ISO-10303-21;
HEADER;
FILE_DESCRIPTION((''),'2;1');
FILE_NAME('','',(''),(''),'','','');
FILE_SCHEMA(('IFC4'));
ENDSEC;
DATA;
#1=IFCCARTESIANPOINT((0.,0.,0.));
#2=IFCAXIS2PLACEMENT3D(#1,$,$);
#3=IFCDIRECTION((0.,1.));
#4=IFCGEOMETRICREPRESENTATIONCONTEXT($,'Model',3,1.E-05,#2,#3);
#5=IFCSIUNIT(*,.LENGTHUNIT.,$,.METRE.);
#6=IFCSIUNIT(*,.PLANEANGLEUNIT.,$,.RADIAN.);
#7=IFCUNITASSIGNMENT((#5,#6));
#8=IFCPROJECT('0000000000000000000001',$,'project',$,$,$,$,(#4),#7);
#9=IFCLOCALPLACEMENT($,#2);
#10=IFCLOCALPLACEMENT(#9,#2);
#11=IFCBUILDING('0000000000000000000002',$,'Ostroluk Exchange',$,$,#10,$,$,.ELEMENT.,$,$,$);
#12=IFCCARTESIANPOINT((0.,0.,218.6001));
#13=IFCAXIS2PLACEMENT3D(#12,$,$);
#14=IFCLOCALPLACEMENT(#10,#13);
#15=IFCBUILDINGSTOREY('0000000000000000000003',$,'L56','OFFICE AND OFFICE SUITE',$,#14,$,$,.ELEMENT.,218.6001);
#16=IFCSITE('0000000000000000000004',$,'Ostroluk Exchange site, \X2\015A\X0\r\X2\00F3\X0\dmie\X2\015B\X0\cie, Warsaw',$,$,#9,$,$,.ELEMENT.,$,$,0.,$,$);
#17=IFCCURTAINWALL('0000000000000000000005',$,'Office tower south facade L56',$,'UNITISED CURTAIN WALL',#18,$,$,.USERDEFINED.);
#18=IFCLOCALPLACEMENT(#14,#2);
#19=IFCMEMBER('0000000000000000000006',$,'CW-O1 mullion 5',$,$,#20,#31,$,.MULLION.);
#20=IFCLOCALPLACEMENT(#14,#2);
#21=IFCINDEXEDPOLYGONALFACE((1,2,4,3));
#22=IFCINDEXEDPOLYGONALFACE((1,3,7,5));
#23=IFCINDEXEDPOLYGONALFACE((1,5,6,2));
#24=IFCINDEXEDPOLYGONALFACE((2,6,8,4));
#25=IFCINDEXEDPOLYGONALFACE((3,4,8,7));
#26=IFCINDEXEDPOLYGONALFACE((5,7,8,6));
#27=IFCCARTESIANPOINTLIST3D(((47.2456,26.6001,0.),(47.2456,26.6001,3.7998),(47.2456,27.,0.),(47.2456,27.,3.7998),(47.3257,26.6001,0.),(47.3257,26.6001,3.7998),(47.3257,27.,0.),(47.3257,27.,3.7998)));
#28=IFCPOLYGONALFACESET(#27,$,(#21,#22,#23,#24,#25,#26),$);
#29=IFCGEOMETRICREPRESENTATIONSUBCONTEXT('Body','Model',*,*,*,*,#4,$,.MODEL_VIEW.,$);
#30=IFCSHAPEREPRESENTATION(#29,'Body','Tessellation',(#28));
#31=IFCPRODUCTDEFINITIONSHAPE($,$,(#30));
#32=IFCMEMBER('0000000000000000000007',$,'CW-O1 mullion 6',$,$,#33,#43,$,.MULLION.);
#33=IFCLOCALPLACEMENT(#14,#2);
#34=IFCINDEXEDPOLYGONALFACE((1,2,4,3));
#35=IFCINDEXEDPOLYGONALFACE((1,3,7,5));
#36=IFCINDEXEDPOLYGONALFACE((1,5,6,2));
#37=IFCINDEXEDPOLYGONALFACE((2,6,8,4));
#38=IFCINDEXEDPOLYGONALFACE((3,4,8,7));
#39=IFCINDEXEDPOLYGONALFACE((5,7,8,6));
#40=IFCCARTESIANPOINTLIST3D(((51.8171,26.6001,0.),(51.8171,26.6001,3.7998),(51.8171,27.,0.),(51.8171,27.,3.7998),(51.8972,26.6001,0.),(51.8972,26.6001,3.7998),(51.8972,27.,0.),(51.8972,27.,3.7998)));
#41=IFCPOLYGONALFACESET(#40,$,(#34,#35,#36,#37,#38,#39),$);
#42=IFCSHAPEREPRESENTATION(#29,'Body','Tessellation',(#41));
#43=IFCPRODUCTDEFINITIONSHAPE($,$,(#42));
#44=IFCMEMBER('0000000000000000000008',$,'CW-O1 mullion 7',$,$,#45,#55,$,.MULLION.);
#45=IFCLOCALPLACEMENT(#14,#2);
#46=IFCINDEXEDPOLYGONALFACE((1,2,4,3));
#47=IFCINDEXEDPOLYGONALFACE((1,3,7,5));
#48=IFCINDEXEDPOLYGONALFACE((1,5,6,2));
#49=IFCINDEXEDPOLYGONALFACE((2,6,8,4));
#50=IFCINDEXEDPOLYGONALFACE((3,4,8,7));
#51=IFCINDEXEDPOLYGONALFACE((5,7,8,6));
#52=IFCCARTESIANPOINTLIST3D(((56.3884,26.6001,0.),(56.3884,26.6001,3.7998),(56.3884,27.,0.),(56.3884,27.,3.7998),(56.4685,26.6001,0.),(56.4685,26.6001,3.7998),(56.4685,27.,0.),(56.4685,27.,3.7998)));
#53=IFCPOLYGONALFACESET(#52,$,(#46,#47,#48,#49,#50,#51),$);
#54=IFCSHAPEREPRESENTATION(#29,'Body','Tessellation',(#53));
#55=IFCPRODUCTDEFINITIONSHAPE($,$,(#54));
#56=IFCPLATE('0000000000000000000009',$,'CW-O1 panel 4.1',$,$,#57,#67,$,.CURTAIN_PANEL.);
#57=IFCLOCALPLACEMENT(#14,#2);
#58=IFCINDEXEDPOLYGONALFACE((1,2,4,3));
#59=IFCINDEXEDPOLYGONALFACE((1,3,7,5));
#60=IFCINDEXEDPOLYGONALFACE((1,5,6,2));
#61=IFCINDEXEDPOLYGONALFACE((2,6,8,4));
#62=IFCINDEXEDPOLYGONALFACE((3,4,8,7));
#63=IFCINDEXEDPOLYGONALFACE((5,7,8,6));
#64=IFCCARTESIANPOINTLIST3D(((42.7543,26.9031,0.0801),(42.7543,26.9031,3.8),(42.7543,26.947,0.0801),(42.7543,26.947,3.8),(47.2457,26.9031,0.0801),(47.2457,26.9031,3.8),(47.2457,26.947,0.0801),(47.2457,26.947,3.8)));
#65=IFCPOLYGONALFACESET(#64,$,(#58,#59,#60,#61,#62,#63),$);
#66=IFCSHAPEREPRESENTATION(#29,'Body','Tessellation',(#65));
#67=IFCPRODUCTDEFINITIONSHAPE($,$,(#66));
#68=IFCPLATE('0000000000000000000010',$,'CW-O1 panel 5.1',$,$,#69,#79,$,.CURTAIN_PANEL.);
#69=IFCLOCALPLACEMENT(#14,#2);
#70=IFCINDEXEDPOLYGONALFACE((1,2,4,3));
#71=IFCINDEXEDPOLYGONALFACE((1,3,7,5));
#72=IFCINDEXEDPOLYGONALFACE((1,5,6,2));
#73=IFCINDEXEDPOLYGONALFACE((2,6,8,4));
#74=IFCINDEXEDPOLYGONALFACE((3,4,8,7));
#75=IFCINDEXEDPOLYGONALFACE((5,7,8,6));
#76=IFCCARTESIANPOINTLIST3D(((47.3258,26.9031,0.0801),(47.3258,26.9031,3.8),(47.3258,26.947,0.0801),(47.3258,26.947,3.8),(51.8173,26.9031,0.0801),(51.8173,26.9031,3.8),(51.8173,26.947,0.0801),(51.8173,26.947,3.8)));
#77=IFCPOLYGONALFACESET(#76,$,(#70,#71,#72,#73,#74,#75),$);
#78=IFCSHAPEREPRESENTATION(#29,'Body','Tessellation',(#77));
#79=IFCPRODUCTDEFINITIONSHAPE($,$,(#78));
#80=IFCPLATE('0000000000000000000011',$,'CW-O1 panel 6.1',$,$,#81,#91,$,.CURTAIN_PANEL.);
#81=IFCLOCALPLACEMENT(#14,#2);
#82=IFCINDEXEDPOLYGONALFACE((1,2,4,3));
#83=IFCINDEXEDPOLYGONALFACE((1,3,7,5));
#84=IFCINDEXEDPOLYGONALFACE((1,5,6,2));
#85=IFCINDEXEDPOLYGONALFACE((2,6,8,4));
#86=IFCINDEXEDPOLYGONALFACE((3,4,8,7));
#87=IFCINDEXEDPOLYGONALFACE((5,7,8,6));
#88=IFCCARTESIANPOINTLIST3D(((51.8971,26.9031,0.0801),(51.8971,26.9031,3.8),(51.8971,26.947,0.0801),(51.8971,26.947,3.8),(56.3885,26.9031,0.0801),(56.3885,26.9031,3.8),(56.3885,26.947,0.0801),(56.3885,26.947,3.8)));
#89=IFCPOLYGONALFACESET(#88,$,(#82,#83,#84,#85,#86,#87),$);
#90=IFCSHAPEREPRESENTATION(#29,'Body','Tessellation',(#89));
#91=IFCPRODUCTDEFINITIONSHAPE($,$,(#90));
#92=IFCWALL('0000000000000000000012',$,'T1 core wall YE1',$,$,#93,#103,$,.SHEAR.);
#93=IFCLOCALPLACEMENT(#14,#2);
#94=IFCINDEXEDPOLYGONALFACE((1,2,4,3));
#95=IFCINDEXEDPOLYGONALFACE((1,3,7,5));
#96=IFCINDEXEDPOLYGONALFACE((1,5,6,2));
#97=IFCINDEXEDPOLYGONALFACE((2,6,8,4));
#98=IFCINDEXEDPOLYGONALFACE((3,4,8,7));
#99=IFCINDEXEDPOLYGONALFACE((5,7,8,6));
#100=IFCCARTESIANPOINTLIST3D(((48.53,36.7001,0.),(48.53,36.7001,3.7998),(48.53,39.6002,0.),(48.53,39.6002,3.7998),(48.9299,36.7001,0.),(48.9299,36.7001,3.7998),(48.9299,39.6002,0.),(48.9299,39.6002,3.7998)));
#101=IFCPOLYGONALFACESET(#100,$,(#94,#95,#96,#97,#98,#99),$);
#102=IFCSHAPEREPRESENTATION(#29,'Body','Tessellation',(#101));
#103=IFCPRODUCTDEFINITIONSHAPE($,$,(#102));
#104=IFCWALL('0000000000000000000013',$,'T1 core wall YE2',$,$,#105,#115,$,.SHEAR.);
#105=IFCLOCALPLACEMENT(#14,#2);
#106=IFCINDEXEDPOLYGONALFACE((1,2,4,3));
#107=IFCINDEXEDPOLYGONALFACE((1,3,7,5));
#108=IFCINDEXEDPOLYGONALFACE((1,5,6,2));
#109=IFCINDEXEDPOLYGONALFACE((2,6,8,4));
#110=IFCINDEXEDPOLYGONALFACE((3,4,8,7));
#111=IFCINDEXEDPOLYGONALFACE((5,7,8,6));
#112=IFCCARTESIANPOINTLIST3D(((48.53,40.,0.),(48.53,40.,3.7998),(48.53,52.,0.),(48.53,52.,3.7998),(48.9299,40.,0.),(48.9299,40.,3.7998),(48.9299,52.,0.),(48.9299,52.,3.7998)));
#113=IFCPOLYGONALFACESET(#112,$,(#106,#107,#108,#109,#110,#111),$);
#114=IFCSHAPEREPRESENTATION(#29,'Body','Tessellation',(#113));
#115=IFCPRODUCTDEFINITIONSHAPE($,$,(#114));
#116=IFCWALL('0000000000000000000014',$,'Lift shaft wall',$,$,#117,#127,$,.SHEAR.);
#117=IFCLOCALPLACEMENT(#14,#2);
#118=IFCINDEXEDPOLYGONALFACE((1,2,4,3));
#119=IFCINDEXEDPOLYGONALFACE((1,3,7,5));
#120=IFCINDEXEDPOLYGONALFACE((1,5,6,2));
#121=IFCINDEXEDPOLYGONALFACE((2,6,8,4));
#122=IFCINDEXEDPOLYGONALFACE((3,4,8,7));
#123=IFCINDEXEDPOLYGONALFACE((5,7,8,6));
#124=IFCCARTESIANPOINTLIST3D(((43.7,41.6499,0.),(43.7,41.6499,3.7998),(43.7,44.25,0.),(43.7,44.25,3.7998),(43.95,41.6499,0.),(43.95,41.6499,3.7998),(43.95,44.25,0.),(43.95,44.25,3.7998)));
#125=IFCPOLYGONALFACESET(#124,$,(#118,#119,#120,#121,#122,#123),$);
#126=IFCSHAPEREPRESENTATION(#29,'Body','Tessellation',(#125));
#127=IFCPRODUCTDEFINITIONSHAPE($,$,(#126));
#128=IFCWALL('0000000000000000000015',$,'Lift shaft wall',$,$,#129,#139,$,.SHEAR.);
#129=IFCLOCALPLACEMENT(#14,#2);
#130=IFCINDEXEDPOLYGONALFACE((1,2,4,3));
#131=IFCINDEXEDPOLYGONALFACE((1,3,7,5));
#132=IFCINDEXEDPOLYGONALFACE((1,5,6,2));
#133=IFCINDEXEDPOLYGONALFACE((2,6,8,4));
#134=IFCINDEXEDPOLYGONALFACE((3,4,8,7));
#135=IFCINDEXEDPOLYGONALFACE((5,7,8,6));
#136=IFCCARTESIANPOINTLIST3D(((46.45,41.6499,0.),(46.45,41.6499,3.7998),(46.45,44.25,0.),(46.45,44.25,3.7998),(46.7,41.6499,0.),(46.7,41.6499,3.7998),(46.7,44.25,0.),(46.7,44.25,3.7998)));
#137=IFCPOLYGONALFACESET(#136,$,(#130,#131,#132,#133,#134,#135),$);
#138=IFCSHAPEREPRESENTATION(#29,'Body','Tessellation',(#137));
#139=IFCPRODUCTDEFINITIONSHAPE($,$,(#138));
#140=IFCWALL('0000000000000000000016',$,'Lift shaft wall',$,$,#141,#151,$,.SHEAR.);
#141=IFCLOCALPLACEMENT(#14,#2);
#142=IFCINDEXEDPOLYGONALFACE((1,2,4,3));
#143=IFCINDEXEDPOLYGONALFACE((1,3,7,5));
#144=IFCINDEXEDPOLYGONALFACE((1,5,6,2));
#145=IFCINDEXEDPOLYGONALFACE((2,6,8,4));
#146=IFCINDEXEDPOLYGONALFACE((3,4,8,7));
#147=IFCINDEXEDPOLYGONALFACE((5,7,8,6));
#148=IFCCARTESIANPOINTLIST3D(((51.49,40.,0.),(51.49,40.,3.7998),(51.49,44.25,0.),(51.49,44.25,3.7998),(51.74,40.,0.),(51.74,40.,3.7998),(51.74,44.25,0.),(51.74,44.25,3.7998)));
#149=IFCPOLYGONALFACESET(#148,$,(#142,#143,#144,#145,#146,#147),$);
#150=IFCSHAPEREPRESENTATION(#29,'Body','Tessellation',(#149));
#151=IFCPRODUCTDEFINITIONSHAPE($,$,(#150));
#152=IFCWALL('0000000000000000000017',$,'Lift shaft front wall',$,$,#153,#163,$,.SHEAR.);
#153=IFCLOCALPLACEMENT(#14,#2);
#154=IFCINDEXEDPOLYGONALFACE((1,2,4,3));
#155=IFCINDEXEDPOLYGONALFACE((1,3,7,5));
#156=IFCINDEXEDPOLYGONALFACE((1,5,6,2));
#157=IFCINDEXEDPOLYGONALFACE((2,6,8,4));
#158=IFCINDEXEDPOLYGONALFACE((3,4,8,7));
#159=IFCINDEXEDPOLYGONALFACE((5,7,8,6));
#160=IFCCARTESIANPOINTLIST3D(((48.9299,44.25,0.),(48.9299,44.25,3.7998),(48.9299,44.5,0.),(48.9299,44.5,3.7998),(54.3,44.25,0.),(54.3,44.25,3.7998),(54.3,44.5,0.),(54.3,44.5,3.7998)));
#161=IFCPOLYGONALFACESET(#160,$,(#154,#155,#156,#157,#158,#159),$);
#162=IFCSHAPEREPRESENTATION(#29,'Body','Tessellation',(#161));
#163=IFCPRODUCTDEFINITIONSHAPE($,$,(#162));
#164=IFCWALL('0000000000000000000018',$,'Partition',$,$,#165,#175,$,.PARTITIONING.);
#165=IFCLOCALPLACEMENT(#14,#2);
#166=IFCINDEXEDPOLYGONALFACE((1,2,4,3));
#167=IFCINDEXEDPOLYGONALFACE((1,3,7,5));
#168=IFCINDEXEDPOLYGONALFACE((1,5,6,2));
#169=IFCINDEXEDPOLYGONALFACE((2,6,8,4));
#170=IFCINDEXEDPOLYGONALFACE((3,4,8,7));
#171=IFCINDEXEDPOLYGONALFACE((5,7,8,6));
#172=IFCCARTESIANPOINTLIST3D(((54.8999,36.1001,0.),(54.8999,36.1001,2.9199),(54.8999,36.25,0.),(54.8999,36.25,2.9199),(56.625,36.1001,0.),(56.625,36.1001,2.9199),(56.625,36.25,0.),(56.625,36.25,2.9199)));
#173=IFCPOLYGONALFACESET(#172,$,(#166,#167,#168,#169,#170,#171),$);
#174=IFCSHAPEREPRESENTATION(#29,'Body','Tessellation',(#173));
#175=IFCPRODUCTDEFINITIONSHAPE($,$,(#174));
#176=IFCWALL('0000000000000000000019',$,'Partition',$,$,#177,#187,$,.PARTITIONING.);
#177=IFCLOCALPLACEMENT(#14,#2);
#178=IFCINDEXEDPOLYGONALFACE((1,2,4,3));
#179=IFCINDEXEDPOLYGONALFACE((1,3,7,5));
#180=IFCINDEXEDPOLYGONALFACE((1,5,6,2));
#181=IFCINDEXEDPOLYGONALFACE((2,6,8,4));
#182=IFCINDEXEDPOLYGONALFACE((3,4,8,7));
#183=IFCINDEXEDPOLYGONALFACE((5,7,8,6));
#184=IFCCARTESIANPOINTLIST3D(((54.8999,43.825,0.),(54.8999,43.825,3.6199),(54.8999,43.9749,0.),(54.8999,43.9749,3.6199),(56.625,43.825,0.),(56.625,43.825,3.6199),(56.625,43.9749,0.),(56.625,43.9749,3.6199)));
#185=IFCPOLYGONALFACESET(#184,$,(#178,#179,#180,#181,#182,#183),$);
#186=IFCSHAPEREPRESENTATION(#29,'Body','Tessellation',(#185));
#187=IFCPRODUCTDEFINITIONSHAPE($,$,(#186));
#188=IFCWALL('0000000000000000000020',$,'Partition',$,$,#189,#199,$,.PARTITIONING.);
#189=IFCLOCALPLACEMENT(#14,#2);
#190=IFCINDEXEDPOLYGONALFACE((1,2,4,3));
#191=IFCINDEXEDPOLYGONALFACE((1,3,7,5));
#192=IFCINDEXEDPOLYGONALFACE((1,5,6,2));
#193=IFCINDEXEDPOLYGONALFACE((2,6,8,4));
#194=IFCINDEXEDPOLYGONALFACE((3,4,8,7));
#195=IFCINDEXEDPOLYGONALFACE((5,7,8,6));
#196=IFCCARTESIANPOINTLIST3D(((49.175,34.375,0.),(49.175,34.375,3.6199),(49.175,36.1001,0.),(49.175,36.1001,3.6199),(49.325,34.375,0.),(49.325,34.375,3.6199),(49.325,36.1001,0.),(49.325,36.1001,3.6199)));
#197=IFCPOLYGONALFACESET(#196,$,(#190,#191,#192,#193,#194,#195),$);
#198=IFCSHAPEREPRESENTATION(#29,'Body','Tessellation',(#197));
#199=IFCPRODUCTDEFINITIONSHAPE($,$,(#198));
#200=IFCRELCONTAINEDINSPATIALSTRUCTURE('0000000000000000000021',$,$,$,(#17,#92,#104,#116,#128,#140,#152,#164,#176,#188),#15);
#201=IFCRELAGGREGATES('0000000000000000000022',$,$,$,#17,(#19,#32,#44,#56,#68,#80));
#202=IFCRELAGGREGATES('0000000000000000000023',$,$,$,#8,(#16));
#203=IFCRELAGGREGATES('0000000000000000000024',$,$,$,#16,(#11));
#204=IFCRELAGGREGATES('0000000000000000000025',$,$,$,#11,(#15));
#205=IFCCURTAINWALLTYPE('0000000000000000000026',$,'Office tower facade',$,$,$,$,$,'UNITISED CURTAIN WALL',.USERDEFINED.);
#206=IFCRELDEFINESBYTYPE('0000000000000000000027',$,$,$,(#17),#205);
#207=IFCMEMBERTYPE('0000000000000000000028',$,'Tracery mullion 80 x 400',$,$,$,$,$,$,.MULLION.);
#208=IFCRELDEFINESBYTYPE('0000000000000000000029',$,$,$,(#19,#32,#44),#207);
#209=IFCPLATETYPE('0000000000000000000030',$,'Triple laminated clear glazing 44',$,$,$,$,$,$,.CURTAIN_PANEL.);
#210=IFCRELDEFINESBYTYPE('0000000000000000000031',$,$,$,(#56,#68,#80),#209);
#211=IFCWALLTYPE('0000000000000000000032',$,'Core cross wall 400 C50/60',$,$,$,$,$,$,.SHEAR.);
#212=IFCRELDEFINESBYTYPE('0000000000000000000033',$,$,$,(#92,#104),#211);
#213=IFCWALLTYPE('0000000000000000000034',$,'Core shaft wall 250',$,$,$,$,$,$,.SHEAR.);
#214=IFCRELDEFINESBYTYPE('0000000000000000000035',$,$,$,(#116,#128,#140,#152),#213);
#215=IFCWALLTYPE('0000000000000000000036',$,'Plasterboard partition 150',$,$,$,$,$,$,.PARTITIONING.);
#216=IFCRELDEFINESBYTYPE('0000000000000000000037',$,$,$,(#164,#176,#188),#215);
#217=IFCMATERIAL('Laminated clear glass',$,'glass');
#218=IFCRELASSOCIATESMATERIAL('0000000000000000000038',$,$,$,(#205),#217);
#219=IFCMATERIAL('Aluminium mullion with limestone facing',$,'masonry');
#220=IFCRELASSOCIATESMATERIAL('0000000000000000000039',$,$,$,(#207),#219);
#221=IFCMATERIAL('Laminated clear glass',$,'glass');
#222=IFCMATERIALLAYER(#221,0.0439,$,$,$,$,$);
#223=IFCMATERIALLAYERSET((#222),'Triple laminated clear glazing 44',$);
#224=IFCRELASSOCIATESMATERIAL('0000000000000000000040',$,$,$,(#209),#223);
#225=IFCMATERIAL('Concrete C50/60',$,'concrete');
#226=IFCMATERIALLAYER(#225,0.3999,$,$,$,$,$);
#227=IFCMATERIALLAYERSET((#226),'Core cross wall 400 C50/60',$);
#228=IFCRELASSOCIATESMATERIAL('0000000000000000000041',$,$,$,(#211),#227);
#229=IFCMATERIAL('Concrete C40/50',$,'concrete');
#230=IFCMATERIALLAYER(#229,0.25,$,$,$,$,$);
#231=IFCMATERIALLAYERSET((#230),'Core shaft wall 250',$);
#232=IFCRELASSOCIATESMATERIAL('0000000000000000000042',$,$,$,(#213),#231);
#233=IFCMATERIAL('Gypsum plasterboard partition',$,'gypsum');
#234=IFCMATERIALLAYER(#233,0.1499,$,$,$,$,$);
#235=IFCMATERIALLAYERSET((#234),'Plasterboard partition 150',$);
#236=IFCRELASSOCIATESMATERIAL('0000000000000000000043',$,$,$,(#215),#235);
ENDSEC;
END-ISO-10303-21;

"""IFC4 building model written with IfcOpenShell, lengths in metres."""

from ifc_helpers import new_model, si_unit, direction, frame, frame_2d, origin, origin_2d, place, context, subcontext, project, spatial, rectangle, extrude, material, layer, layer_set, material_profile, profile_set, type_object, element, aggregate, save


model = new_model("IFC4")

# Units and contexts
model_context = context("Model", 3, precision=1e-05, world=origin(), true_north=direction((0.0, 1.0)))
body_context = subcontext(model_context, "Body", "Model", "MODEL_VIEW")
ifc_project = project(units=[si_unit("LENGTHUNIT", "METRE"), si_unit("PLANEANGLEUNIT", "RADIAN")], contexts=[model_context])

# Site, building, storey
site_placement = place(None, origin())
site = spatial("IfcSite", under=ifc_project, at=site_placement, Name="Ostroluk Exchange site, Śródmieście, Warsaw", CompositionType="ELEMENT", RefElevation=0.0)
building_placement = place(site_placement, origin())
building = spatial("IfcBuilding", under=site, at=building_placement, Name="Ostroluk Exchange", CompositionType="ELEMENT")
storey_placement = place(building_placement, frame((0.0, 0.0, 218.6001)))
storey = spatial("IfcBuildingStorey", under=building, at=storey_placement, Name="L56", Description="OFFICE AND OFFICE SUITE", CompositionType="ELEMENT", Elevation=218.6001)

# Curtain wall, members, plates
ifc_material_1 = material(Name="Laminated clear glass", Category="glass")
curtain_wall_type = type_object("IfcCurtainWallType", Name="Office tower facade", ElementType="UNITISED CURTAIN WALL", PredefinedType="USERDEFINED", material=ifc_material_1)
curtain_wall_placement = place(storey_placement, origin())
curtain_wall = element("IfcCurtainWall", 1, at=curtain_wall_placement, inside=storey, type_object=curtain_wall_type, Name="Office tower south facade L56", ObjectType="UNITISED CURTAIN WALL", PredefinedType="USERDEFINED")
ifc_material_2 = material(Name="Aluminium mullion with limestone facing", Category="masonry")
ifc_material_profile_1 = material_profile(ifc_material_2, rectangle(XDim=0.3999, YDim=0.0801, at=origin_2d()), Name="Tracery mullion 80 x 400")
ifc_profile_set_1 = profile_set([ifc_material_profile_1], Name="Aluminium mullion with limestone facing")
member_type_1 = type_object("IfcMemberType", Name="Tracery mullion 80 x 400", PredefinedType="MULLION", material=ifc_profile_set_1)
member_1_placement = place(storey_placement, frame((47.2856, 26.8, 0.0), z_axis=(0.0, 0.0, 1.0), x_axis=(0.0, 1.0, 0.0)))
member_1 = element("IfcMember", 2, at=member_1_placement, type_object=member_type_1, Name="CW-O1 mullion 5", PredefinedType="MULLION", context=body_context, shape_type="SweptSolid", body=[
    extrude(rectangle(XDim=0.3999, YDim=0.0801, at=origin_2d()), origin(), (0.0, 0.0, 1.0), 3.7998),
])
member_2_placement = place(storey_placement, frame((51.8572, 26.8, 0.0), z_axis=(0.0, 0.0, 1.0), x_axis=(0.0, 1.0, 0.0)))
member_2 = element("IfcMember", 3, at=member_2_placement, type_object=member_type_1, Name="CW-O1 mullion 6", PredefinedType="MULLION", context=body_context, shape_type="SweptSolid", body=[
    extrude(rectangle(XDim=0.3999, YDim=0.0801, at=origin_2d()), origin(), (0.0, 0.0, 1.0), 3.7998),
])
member_3_placement = place(storey_placement, frame((56.4285, 26.8, 0.0), z_axis=(0.0, 0.0, 1.0), x_axis=(0.0, 1.0, 0.0)))
member_3 = element("IfcMember", 4, at=member_3_placement, type_object=member_type_1, Name="CW-O1 mullion 7", PredefinedType="MULLION", context=body_context, shape_type="SweptSolid", body=[
    extrude(rectangle(XDim=0.3999, YDim=0.0801, at=origin_2d()), origin(), (0.0, 0.0, 1.0), 3.7998),
])
ifc_material_3 = material(Name="Laminated clear glass", Category="glass")
ifc_layer_1 = layer(ifc_material_3, 0.0439)
ifc_layer_set_1 = layer_set([ifc_layer_1], Name="Triple laminated clear glazing 44")
plate_type = type_object("IfcPlateType", Name="Triple laminated clear glazing 44", PredefinedType="CURTAIN_PANEL", material=ifc_layer_set_1)
plate_1_placement = place(storey_placement, frame((45.0, 26.925, 0.0801), z_axis=(0.0, 0.0, 1.0), x_axis=(1.0, 0.0, 0.0)))
plate_1 = element("IfcPlate", 5, at=plate_1_placement, type_object=plate_type, Name="CW-O1 panel 4.1", PredefinedType="CURTAIN_PANEL", context=body_context, shape_type="SweptSolid", body=[
    extrude(rectangle(XDim=4.4915, YDim=0.0439, at=origin_2d()), origin(), (0.0, 0.0, 1.0), 3.72),
])
plate_2_placement = place(storey_placement, frame((49.5715, 26.925, 0.0801), z_axis=(0.0, 0.0, 1.0), x_axis=(1.0, 0.0, 0.0)))
plate_2 = element("IfcPlate", 6, at=plate_2_placement, type_object=plate_type, Name="CW-O1 panel 5.1", PredefinedType="CURTAIN_PANEL", context=body_context, shape_type="SweptSolid", body=[
    extrude(rectangle(XDim=4.4915, YDim=0.0439, at=origin_2d()), origin(), (0.0, 0.0, 1.0), 3.72),
])
plate_3_placement = place(storey_placement, frame((54.1428, 26.925, 0.0801), z_axis=(0.0, 0.0, 1.0), x_axis=(1.0, 0.0, 0.0)))
plate_3 = element("IfcPlate", 7, at=plate_3_placement, type_object=plate_type, Name="CW-O1 panel 6.1", PredefinedType="CURTAIN_PANEL", context=body_context, shape_type="SweptSolid", body=[
    extrude(rectangle(XDim=4.4915, YDim=0.0439, at=origin_2d()), origin(), (0.0, 0.0, 1.0), 3.72),
])
aggregate(curtain_wall, [member_1, member_2, member_3, plate_1, plate_2, plate_3])

# Walls
ifc_material_4 = material(Name="Concrete C50/60", Category="concrete")
ifc_layer_2 = layer(ifc_material_4, 0.3999)
ifc_layer_set_2 = layer_set([ifc_layer_2], Name="Core cross wall 400 C50/60")
wall_type_1 = type_object("IfcWallType", Name="Core cross wall 400 C50/60", PredefinedType="SHEAR", material=ifc_layer_set_2)
wall_1_placement = place(storey_placement, frame((48.73, 36.7, 0.0), z_axis=(0.0, 0.0, 1.0), x_axis=(0.0, 1.0, 0.0)))
element("IfcWall", 8, at=wall_1_placement, inside=storey, type_object=wall_type_1, Name="T1 core wall YE1", PredefinedType="SHEAR", context=body_context, shape_type="SweptSolid", body=[
    extrude(rectangle(XDim=2.9001, YDim=0.3999, at=frame_2d((1.4502, 0.0))), origin(), (0.0, 0.0, 1.0), 3.7998),
])
wall_2_placement = place(storey_placement, frame((48.73, 40.0, 0.0), z_axis=(0.0, 0.0, 1.0), x_axis=(0.0, 1.0, 0.0)))
element("IfcWall", 9, at=wall_2_placement, inside=storey, type_object=wall_type_1, Name="T1 core wall YE2", PredefinedType="SHEAR", context=body_context, shape_type="SweptSolid", body=[
    extrude(rectangle(XDim=12.0, YDim=0.3999, at=frame_2d((6.0, 0.0))), origin(), (0.0, 0.0, 1.0), 3.7998),
])

# Shared definitions
ifc_material_5 = material(Name="Concrete C40/50", Category="concrete")
ifc_layer_3 = layer(ifc_material_5, 0.25)
ifc_layer_set_3 = layer_set([ifc_layer_3], Name="Core shaft wall 250")
wall_type_2 = type_object("IfcWallType", Name="Core shaft wall 250", PredefinedType="SHEAR", material=ifc_layer_set_3)

# Walls
for number, where, z_axis, x_axis, name in (
    (10, (43.825, 44.25, 0.0), (0.0, 0.0, 1.0), (0.0, -1.0, 0.0), "Lift shaft wall"),
    (11, (46.575, 44.25, 0.0), (0.0, 0.0, 1.0), (0.0, -1.0, 0.0), "Lift shaft wall"),
):
    element("IfcWall", number, at=place(storey_placement, frame(where, z_axis=z_axis, x_axis=x_axis)), inside=storey, type_object=wall_type_2, Name=name, PredefinedType="SHEAR", context=body_context, shape_type="SweptSolid", body=[
        extrude(rectangle(XDim=2.6001, YDim=0.25, at=frame_2d((1.3, 0.0))), origin(), (0.0, 0.0, 1.0), 3.7998),
    ])
wall_3_placement = place(storey_placement, frame((51.615, 44.25, 0.0), z_axis=(0.0, 0.0, 1.0), x_axis=(0.0, -1.0, 0.0)))
element("IfcWall", 12, at=wall_3_placement, inside=storey, type_object=wall_type_2, Name="Lift shaft wall", PredefinedType="SHEAR", context=body_context, shape_type="SweptSolid", body=[
    extrude(rectangle(XDim=4.25, YDim=0.25, at=frame_2d((2.125, 0.0))), origin(), (0.0, 0.0, 1.0), 3.7998),
])
wall_4_placement = place(storey_placement, frame((48.9299, 44.375, 0.0), z_axis=(0.0, 0.0, 1.0), x_axis=(1.0, 0.0, 0.0)))
element("IfcWall", 13, at=wall_4_placement, inside=storey, type_object=wall_type_2, Name="Lift shaft front wall", PredefinedType="SHEAR", context=body_context, shape_type="SweptSolid", body=[
    extrude(rectangle(XDim=5.3701, YDim=0.25, at=frame_2d((2.6851, 0.0))), origin(), (0.0, 0.0, 1.0), 3.7998),
])

# Walls
ifc_material_6 = material(Name="Gypsum plasterboard partition", Category="gypsum")
ifc_layer_4 = layer(ifc_material_6, 0.1499)
ifc_layer_set_4 = layer_set([ifc_layer_4], Name="Plasterboard partition 150")
wall_type_3 = type_object("IfcWallType", Name="Plasterboard partition 150", PredefinedType="PARTITIONING", material=ifc_layer_set_4)
wall_5_placement = place(storey_placement, frame((54.8999, 36.175, 0.0), z_axis=(0.0, 0.0, 1.0), x_axis=(1.0, 0.0, 0.0)))
element("IfcWall", 14, at=wall_5_placement, inside=storey, type_object=wall_type_3, Name="Partition", PredefinedType="PARTITIONING", context=body_context, shape_type="SweptSolid", body=[
    extrude(rectangle(XDim=1.7251, YDim=0.1499, at=frame_2d((0.8625, 0.0))), origin(), (0.0, 0.0, 1.0), 2.9199),
])
for number, where, z_axis, x_axis, name in (
    (15, (54.8999, 43.8999, 0.0), (0.0, 0.0, 1.0), (1.0, 0.0, 0.0), "Partition"),
    (16, (49.25, 36.1001, 0.0), (0.0, 0.0, 1.0), (0.0, -1.0, 0.0), "Partition"),
):
    element("IfcWall", number, at=place(storey_placement, frame(where, z_axis=z_axis, x_axis=x_axis)), inside=storey, type_object=wall_type_3, Name=name, PredefinedType="PARTITIONING", context=body_context, shape_type="SweptSolid", body=[
        extrude(rectangle(XDim=1.7251, YDim=0.1499, at=frame_2d((0.8625, 0.0))), origin(), (0.0, 0.0, 1.0), 3.6199),
    ])

save(model, "model.ifc")
